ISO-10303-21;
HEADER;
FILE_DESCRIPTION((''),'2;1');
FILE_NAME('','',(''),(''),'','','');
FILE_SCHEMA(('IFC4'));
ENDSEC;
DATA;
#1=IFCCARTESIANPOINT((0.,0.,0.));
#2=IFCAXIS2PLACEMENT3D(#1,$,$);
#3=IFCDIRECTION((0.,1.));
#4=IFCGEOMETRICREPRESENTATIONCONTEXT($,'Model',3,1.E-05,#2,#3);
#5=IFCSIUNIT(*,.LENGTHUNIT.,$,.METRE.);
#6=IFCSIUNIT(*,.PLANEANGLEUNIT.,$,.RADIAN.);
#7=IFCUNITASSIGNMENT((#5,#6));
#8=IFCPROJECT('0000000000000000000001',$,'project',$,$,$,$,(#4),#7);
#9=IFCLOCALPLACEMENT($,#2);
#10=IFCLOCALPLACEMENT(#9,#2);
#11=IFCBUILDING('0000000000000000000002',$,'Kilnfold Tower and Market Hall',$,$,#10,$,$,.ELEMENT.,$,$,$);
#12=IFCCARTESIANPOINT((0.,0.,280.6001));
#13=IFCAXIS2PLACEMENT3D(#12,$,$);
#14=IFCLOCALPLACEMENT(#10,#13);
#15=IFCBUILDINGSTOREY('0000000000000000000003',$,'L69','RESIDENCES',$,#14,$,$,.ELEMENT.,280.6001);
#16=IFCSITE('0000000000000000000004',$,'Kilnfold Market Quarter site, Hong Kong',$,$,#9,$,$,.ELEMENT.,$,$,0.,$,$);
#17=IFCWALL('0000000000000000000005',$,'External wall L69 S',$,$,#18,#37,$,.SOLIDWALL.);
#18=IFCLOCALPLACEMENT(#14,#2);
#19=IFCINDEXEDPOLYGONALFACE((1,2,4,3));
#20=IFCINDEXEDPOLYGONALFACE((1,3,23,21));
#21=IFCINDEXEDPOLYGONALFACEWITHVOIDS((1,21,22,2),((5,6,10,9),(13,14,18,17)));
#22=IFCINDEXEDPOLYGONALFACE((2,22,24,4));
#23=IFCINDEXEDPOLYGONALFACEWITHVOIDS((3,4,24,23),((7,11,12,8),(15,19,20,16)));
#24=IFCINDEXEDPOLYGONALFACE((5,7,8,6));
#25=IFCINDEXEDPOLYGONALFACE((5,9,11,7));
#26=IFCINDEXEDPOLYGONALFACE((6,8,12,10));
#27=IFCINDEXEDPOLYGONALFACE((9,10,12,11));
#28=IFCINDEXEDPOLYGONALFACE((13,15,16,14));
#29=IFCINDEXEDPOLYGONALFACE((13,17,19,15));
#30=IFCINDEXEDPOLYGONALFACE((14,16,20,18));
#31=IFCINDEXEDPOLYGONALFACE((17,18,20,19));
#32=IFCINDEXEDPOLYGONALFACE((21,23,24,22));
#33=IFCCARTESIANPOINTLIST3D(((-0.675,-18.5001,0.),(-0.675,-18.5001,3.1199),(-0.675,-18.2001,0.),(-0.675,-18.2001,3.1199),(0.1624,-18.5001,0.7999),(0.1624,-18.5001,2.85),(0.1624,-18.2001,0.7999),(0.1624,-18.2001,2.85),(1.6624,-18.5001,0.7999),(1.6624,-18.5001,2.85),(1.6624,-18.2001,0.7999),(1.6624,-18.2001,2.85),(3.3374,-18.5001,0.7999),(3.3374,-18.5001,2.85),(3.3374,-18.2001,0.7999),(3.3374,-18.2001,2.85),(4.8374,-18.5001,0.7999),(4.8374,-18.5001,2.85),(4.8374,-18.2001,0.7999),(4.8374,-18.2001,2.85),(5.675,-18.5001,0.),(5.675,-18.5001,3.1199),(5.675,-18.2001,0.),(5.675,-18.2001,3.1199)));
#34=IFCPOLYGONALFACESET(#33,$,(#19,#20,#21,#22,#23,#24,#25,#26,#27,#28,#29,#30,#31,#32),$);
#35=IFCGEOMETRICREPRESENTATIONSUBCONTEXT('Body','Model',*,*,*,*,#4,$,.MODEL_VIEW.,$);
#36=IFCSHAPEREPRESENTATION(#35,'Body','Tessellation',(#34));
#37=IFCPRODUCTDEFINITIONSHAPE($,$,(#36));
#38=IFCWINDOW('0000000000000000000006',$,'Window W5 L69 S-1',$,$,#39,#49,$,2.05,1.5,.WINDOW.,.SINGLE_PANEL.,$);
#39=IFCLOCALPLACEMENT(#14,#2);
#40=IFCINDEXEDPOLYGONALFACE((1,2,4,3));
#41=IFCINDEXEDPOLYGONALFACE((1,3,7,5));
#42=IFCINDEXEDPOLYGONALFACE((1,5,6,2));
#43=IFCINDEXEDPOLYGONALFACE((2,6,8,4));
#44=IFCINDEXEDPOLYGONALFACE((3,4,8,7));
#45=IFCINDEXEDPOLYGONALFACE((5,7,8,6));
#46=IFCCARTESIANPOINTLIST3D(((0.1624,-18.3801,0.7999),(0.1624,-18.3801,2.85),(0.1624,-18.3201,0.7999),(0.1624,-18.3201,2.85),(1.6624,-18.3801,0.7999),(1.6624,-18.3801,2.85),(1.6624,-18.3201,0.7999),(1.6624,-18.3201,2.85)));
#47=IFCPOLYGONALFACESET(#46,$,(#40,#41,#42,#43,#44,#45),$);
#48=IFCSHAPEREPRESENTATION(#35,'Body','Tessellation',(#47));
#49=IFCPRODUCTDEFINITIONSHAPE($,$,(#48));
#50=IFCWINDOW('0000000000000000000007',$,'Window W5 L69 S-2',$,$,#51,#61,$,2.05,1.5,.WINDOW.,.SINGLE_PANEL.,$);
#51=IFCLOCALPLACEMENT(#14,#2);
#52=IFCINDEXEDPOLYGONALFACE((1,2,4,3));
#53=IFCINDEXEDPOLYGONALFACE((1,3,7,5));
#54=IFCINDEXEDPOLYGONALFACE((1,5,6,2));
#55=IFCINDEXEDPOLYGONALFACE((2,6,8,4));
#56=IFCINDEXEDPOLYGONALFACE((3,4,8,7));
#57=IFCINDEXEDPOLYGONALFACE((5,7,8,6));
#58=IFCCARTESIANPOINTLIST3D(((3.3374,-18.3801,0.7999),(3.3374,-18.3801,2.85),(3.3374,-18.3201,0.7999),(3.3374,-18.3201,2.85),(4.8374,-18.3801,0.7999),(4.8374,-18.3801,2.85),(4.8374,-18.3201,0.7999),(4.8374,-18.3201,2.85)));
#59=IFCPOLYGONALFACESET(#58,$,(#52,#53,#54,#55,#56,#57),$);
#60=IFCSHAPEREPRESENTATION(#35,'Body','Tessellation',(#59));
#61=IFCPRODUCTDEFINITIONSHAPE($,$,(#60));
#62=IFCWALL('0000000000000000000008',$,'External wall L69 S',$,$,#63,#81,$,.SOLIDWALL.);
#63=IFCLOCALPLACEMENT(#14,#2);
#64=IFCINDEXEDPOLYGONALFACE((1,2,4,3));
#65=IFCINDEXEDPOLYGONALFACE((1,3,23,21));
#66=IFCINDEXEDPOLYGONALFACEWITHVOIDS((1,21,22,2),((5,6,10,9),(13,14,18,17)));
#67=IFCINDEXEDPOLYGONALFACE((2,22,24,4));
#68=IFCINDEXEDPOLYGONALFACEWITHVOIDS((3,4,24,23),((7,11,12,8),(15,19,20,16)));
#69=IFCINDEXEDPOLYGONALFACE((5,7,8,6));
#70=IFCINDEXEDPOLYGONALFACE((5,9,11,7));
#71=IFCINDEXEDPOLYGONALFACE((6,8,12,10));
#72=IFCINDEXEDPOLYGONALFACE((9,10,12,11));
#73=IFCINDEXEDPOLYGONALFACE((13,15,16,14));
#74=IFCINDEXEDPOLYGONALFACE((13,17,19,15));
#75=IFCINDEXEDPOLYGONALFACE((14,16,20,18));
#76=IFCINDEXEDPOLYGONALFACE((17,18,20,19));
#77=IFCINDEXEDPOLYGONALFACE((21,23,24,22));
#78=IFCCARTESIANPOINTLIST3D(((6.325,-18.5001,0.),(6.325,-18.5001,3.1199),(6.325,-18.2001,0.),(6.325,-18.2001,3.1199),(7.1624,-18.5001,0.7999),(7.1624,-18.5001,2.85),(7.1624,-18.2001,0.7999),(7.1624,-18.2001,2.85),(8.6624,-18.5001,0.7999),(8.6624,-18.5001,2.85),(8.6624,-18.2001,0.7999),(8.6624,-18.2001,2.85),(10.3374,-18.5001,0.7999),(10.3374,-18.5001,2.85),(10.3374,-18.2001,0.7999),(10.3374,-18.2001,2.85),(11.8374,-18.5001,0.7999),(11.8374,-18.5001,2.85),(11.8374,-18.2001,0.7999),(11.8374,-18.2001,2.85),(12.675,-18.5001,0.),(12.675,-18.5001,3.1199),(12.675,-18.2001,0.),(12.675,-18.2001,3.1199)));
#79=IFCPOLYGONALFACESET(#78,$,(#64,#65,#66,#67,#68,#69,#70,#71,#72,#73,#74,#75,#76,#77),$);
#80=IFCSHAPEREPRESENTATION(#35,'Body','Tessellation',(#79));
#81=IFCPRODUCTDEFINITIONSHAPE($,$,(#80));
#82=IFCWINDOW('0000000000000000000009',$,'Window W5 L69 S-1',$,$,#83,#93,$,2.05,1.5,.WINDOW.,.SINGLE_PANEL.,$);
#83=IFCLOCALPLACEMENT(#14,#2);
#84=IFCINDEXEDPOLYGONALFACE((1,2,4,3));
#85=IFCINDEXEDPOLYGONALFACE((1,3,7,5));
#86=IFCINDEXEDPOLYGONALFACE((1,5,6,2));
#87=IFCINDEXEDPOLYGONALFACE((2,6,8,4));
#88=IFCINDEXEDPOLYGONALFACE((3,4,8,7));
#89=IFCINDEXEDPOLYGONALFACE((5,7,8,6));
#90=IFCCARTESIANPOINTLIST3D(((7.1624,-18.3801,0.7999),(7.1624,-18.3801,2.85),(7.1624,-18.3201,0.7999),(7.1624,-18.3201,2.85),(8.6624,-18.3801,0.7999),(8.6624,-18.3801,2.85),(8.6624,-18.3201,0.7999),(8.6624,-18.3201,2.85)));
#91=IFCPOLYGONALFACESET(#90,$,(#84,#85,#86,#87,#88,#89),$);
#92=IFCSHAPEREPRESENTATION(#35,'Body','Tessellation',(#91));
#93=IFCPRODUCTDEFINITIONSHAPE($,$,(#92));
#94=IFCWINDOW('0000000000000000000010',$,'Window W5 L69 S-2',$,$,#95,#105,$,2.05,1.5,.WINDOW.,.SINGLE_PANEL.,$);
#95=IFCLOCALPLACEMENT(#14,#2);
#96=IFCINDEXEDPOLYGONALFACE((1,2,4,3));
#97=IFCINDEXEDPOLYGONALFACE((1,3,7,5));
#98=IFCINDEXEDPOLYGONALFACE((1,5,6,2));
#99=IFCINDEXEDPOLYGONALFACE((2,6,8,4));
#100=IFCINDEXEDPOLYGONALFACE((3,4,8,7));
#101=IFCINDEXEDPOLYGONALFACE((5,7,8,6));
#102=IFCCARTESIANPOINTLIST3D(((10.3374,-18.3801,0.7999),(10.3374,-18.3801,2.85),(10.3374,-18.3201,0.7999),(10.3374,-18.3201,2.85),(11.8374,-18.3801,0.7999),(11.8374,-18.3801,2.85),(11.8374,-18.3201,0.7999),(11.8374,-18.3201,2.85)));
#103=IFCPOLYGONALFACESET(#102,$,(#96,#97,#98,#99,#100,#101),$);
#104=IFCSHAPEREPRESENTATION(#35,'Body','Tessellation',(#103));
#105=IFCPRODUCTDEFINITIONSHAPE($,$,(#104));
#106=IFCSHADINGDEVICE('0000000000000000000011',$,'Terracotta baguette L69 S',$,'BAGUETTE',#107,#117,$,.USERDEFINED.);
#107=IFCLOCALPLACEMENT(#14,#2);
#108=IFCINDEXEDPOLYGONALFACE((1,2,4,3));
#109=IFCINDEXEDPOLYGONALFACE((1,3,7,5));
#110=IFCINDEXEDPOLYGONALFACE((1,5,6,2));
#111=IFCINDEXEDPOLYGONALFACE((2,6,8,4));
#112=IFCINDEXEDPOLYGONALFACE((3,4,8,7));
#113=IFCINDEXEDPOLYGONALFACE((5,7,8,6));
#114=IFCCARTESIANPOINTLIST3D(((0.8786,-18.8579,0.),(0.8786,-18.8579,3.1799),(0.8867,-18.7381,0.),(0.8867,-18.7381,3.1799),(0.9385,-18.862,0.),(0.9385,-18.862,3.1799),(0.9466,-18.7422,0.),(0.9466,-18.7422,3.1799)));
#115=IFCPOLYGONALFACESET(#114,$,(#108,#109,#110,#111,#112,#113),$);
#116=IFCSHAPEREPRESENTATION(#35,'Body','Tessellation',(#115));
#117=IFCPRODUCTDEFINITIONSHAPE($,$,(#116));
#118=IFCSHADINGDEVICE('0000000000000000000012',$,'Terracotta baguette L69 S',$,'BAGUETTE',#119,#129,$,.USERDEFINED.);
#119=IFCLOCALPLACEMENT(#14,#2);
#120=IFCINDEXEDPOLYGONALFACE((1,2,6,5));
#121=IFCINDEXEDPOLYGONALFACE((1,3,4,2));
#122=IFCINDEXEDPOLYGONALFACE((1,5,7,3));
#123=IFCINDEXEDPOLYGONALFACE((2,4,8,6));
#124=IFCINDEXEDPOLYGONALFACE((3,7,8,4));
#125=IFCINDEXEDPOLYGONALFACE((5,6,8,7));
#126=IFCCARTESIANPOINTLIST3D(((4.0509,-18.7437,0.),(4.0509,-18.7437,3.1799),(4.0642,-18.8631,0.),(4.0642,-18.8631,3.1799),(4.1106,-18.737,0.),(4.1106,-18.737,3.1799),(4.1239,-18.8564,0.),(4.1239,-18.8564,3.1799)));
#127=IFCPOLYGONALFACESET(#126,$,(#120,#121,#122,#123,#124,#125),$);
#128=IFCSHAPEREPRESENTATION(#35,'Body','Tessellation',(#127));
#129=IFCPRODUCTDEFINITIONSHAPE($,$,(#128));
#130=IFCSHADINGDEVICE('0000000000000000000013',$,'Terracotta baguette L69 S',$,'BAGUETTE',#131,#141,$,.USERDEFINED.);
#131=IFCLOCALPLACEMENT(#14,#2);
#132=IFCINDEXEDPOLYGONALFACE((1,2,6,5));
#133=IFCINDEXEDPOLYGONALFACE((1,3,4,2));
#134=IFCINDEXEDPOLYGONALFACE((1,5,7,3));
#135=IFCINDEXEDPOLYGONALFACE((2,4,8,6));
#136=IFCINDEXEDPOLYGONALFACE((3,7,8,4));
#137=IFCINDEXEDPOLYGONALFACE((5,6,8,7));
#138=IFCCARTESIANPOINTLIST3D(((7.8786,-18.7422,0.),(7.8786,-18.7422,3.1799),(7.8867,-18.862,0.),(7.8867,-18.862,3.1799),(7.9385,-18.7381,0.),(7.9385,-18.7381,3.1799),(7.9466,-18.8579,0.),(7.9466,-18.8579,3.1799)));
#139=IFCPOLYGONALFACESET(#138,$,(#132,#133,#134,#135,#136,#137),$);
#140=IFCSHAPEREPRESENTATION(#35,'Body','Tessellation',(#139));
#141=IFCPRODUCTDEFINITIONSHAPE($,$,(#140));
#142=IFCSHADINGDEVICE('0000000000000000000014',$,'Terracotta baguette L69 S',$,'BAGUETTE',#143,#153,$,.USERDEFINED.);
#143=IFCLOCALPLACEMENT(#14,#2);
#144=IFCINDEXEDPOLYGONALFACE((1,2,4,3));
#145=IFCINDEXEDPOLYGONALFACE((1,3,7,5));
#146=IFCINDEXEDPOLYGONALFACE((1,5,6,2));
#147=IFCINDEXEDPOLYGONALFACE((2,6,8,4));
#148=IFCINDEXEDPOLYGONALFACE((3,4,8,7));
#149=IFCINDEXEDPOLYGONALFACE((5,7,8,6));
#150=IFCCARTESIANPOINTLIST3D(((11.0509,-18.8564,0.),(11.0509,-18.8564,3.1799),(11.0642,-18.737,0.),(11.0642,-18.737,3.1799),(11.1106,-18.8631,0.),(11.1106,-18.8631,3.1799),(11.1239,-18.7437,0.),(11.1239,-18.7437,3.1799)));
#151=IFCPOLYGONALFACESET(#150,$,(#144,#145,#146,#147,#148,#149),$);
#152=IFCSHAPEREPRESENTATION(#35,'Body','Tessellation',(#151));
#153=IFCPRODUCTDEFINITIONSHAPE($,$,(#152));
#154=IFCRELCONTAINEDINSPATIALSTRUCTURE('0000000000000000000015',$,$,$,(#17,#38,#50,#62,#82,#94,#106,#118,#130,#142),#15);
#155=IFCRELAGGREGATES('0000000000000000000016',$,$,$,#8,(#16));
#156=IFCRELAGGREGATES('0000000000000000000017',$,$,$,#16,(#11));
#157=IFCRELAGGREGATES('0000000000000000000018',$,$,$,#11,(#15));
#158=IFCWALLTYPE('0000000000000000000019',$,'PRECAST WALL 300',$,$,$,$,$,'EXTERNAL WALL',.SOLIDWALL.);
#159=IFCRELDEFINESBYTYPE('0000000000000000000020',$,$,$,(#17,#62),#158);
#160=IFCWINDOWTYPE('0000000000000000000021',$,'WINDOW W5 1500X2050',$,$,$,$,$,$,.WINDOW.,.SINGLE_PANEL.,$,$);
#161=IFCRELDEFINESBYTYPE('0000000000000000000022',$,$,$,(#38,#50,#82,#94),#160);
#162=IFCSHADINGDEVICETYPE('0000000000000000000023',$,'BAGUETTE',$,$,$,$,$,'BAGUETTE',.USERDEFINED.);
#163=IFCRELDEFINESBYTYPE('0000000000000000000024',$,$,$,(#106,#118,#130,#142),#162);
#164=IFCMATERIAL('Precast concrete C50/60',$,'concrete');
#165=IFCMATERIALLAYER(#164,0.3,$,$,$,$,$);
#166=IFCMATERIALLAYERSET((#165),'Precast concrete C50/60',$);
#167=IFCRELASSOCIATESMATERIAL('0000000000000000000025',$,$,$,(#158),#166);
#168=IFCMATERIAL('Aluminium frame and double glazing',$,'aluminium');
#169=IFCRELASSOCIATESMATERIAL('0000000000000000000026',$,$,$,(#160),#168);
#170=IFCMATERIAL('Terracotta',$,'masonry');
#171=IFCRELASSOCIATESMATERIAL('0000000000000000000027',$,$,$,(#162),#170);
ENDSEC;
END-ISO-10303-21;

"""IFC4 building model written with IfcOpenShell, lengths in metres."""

from ifc_helpers import new_model, si_unit, direction, frame, frame_2d, origin, origin_2d, place, context, subcontext, project, spatial, rectangle, extrude, source, transform, mapped, material, layer, layer_set, material_profile, profile_set, type_object, element, fill, save


model = new_model("IFC4")

# Units and contexts
model_context = context("Model", 3, precision=1e-05, world=origin(), true_north=direction((0.0, 1.0)))
body_context = subcontext(model_context, "Body", "Model", "MODEL_VIEW")
ifc_project = project(units=[si_unit("LENGTHUNIT", "METRE"), si_unit("PLANEANGLEUNIT", "RADIAN")], contexts=[model_context])

# Site, building, storey
site_placement = place(None, origin())
site = spatial("IfcSite", under=ifc_project, at=site_placement, Name="Kilnfold Market Quarter site, Hong Kong", CompositionType="ELEMENT", RefElevation=0.0)
building_placement = place(site_placement, origin())
building = spatial("IfcBuilding", under=site, at=building_placement, Name="Kilnfold Tower and Market Hall", CompositionType="ELEMENT")
storey_placement = place(building_placement, frame((0.0, 0.0, 280.6001)))
storey = spatial("IfcBuildingStorey", under=building, at=storey_placement, Name="L69", Description="RESIDENCES", CompositionType="ELEMENT", Elevation=280.6001)

# Walls, openings, windows
ifc_material_1 = material(Name="Precast concrete C50/60", Category="concrete")
ifc_layer_1 = layer(ifc_material_1, 0.3)
ifc_layer_set_1 = layer_set([ifc_layer_1], Name="Precast concrete C50/60")
wall_type_1 = type_object("IfcWallType", Name="PRECAST WALL 300", ElementType="EXTERNAL WALL", PredefinedType="SOLIDWALL", material=ifc_layer_set_1)
shared_shape_1 = source(origin(), body_context, "Body", "SweptSolid", [
    extrude(rectangle(XDim=6.3501, YDim=0.3, at=frame_2d((3.175, 0.0))), origin(), (0.0, 0.0, 1.0), 3.1199),
])
wall_1_placement = place(storey_placement, frame((-0.675, -18.3501, 0.0), z_axis=(0.0, 0.0, 1.0), x_axis=(1.0, 0.0, 0.0)))
wall_1 = element("IfcWall", 1, at=wall_1_placement, inside=storey, type_object=wall_type_1, Name="External wall L69 S", PredefinedType="SOLIDWALL", context=body_context, shape_type="MappedRepresentation", body=[
    mapped(shared_shape_1, transform((0.0, 0.0, 0.0))),
])
opening_1_placement = place(wall_1_placement, frame((0.8374, 0.0, 0.8)))
opening_1 = element("IfcOpeningElement", 2, at=opening_1_placement, cuts=wall_1, PredefinedType="OPENING", context=body_context, shape_type="SweptSolid", body=[
    extrude(rectangle(XDim=1.5, YDim=2.05, at=frame_2d((0.75, 1.0249))), frame((0.0, 0.1602, 0.0), z_axis=(0.0, -1.0, 0.0), x_axis=(1.0, 0.0, 0.0)), (0.0, 0.0, 1.0), 0.3201),
])
opening_2_placement = place(wall_1_placement, frame((4.0125, 0.0, 0.8)))
opening_2 = element("IfcOpeningElement", 3, at=opening_2_placement, cuts=wall_1, PredefinedType="OPENING", context=body_context, shape_type="SweptSolid", body=[
    extrude(rectangle(XDim=1.5, YDim=2.05, at=frame_2d((0.75, 1.0249))), frame((0.0, 0.1602, 0.0), z_axis=(0.0, -1.0, 0.0), x_axis=(1.0, 0.0, 0.0)), (0.0, 0.0, 1.0), 0.3201),
])
ifc_material_2 = material(Name="Aluminium frame and double glazing", Category="aluminium")
window_type = type_object("IfcWindowType", Name="WINDOW W5 1500X2050", PartitioningType="SINGLE_PANEL", PredefinedType="WINDOW", material=ifc_material_2)
window_1_placement = place(opening_1_placement, origin())
window_1 = element("IfcWindow", 4, at=window_1_placement, inside=storey, type_object=window_type, Name="Window W5 L69 S-1", OverallHeight=2.05, OverallWidth=1.5, PartitioningType="SINGLE_PANEL", PredefinedType="WINDOW", context=body_context, shape_type="SweptSolid", body=[
    extrude(rectangle(XDim=1.5, YDim=2.05, at=frame_2d((0.75, 1.0249))), frame((0.0, 0.03, 0.0), z_axis=(0.0, -1.0, 0.0), x_axis=(1.0, 0.0, 0.0)), (0.0, 0.0, 1.0), 0.0601),
])
fill(opening_1, window_1)
window_2_placement = place(opening_2_placement, origin())
window_2 = element("IfcWindow", 5, at=window_2_placement, inside=storey, type_object=window_type, Name="Window W5 L69 S-2", OverallHeight=2.05, OverallWidth=1.5, PartitioningType="SINGLE_PANEL", PredefinedType="WINDOW", context=body_context, shape_type="SweptSolid", body=[
    extrude(rectangle(XDim=1.5, YDim=2.05, at=frame_2d((0.75, 1.0249))), frame((0.0, 0.03, 0.0), z_axis=(0.0, -1.0, 0.0), x_axis=(1.0, 0.0, 0.0)), (0.0, 0.0, 1.0), 0.0601),
])
fill(opening_2, window_2)
wall_2_placement = place(storey_placement, frame((6.325, -18.3501, 0.0), z_axis=(0.0, 0.0, 1.0), x_axis=(1.0, 0.0, 0.0)))
wall_2 = element("IfcWall", 6, at=wall_2_placement, inside=storey, type_object=wall_type_1, Name="External wall L69 S", PredefinedType="SOLIDWALL", context=body_context, shape_type="MappedRepresentation", body=[
    mapped(shared_shape_1, transform((0.0, 0.0, 0.0))),
])
opening_3_placement = place(wall_2_placement, frame((0.8374, 0.0, 0.8)))
opening_3 = element("IfcOpeningElement", 7, at=opening_3_placement, cuts=wall_2, PredefinedType="OPENING", context=body_context, shape_type="SweptSolid", body=[
    extrude(rectangle(XDim=1.5, YDim=2.05, at=frame_2d((0.75, 1.0249))), frame((0.0, 0.1602, 0.0), z_axis=(0.0, -1.0, 0.0), x_axis=(1.0, 0.0, 0.0)), (0.0, 0.0, 1.0), 0.3201),
])
opening_4_placement = place(wall_2_placement, frame((4.0125, 0.0, 0.8)))
opening_4 = element("IfcOpeningElement", 8, at=opening_4_placement, cuts=wall_2, PredefinedType="OPENING", context=body_context, shape_type="SweptSolid", body=[
    extrude(rectangle(XDim=1.5, YDim=2.05, at=frame_2d((0.75, 1.0249))), frame((0.0, 0.1602, 0.0), z_axis=(0.0, -1.0, 0.0), x_axis=(1.0, 0.0, 0.0)), (0.0, 0.0, 1.0), 0.3201),
])
window_3_placement = place(opening_3_placement, origin())
window_3 = element("IfcWindow", 9, at=window_3_placement, inside=storey, type_object=window_type, Name="Window W5 L69 S-1", OverallHeight=2.05, OverallWidth=1.5, PartitioningType="SINGLE_PANEL", PredefinedType="WINDOW", context=body_context, shape_type="SweptSolid", body=[
    extrude(rectangle(XDim=1.5, YDim=2.05, at=frame_2d((0.75, 1.0249))), frame((0.0, 0.03, 0.0), z_axis=(0.0, -1.0, 0.0), x_axis=(1.0, 0.0, 0.0)), (0.0, 0.0, 1.0), 0.0601),
])
fill(opening_3, window_3)
window_4_placement = place(opening_4_placement, origin())
window_4 = element("IfcWindow", 10, at=window_4_placement, inside=storey, type_object=window_type, Name="Window W5 L69 S-2", OverallHeight=2.05, OverallWidth=1.5, PartitioningType="SINGLE_PANEL", PredefinedType="WINDOW", context=body_context, shape_type="SweptSolid", body=[
    extrude(rectangle(XDim=1.5, YDim=2.05, at=frame_2d((0.75, 1.0249))), frame((0.0, 0.03, 0.0), z_axis=(0.0, -1.0, 0.0), x_axis=(1.0, 0.0, 0.0)), (0.0, 0.0, 1.0), 0.0601),
])
fill(opening_4, window_4)

# Shading devices
ifc_material_3 = material(Name="Terracotta", Category="masonry")
ifc_material_profile_1 = material_profile(ifc_material_3, rectangle(XDim=0.0601, YDim=0.1201, at=origin_2d()), Name="BAG 60x120")
ifc_profile_set_1 = profile_set([ifc_material_profile_1], Name="Terracotta")
shading_device_type = type_object("IfcShadingDeviceType", Name="BAGUETTE", ElementType="BAGUETTE", PredefinedType="USERDEFINED", material=ifc_profile_set_1)
shared_shape_2 = source(origin(), body_context, "Body", "SweptSolid", [
    extrude(rectangle(XDim=0.0601, YDim=0.1201, at=origin_2d()), origin(), (0.0, 0.0, 1.0), 3.1799),
])
for number, where, z_axis, x_axis, name in (
    (11, (0.9126, -18.8, 0.0), (0.0, 0.0, 1.0), (0.997718, -0.067516, 0.0), "Terracotta baguette L69 S"),
    (12, (4.0874, -18.8, 0.0), (0.0, 0.0, 1.0), (0.993838, 0.110843, 0.0), "Terracotta baguette L69 S"),
    (13, (7.9126, -18.8, 0.0), (0.0, 0.0, 1.0), (0.997718, 0.067516, 0.0), "Terracotta baguette L69 S"),
    (14, (11.0874, -18.8, 0.0), (0.0, 0.0, 1.0), (0.993838, -0.110843, 0.0), "Terracotta baguette L69 S"),
):
    element("IfcShadingDevice", number, at=place(storey_placement, frame(where, z_axis=z_axis, x_axis=x_axis)), inside=storey, type_object=shading_device_type, Name=name, ObjectType="BAGUETTE", PredefinedType="USERDEFINED", context=body_context, shape_type="MappedRepresentation", body=[
        mapped(shared_shape_2, transform((0.0, 0.0, 0.0))),
    ])

save(model, "model.ifc")
